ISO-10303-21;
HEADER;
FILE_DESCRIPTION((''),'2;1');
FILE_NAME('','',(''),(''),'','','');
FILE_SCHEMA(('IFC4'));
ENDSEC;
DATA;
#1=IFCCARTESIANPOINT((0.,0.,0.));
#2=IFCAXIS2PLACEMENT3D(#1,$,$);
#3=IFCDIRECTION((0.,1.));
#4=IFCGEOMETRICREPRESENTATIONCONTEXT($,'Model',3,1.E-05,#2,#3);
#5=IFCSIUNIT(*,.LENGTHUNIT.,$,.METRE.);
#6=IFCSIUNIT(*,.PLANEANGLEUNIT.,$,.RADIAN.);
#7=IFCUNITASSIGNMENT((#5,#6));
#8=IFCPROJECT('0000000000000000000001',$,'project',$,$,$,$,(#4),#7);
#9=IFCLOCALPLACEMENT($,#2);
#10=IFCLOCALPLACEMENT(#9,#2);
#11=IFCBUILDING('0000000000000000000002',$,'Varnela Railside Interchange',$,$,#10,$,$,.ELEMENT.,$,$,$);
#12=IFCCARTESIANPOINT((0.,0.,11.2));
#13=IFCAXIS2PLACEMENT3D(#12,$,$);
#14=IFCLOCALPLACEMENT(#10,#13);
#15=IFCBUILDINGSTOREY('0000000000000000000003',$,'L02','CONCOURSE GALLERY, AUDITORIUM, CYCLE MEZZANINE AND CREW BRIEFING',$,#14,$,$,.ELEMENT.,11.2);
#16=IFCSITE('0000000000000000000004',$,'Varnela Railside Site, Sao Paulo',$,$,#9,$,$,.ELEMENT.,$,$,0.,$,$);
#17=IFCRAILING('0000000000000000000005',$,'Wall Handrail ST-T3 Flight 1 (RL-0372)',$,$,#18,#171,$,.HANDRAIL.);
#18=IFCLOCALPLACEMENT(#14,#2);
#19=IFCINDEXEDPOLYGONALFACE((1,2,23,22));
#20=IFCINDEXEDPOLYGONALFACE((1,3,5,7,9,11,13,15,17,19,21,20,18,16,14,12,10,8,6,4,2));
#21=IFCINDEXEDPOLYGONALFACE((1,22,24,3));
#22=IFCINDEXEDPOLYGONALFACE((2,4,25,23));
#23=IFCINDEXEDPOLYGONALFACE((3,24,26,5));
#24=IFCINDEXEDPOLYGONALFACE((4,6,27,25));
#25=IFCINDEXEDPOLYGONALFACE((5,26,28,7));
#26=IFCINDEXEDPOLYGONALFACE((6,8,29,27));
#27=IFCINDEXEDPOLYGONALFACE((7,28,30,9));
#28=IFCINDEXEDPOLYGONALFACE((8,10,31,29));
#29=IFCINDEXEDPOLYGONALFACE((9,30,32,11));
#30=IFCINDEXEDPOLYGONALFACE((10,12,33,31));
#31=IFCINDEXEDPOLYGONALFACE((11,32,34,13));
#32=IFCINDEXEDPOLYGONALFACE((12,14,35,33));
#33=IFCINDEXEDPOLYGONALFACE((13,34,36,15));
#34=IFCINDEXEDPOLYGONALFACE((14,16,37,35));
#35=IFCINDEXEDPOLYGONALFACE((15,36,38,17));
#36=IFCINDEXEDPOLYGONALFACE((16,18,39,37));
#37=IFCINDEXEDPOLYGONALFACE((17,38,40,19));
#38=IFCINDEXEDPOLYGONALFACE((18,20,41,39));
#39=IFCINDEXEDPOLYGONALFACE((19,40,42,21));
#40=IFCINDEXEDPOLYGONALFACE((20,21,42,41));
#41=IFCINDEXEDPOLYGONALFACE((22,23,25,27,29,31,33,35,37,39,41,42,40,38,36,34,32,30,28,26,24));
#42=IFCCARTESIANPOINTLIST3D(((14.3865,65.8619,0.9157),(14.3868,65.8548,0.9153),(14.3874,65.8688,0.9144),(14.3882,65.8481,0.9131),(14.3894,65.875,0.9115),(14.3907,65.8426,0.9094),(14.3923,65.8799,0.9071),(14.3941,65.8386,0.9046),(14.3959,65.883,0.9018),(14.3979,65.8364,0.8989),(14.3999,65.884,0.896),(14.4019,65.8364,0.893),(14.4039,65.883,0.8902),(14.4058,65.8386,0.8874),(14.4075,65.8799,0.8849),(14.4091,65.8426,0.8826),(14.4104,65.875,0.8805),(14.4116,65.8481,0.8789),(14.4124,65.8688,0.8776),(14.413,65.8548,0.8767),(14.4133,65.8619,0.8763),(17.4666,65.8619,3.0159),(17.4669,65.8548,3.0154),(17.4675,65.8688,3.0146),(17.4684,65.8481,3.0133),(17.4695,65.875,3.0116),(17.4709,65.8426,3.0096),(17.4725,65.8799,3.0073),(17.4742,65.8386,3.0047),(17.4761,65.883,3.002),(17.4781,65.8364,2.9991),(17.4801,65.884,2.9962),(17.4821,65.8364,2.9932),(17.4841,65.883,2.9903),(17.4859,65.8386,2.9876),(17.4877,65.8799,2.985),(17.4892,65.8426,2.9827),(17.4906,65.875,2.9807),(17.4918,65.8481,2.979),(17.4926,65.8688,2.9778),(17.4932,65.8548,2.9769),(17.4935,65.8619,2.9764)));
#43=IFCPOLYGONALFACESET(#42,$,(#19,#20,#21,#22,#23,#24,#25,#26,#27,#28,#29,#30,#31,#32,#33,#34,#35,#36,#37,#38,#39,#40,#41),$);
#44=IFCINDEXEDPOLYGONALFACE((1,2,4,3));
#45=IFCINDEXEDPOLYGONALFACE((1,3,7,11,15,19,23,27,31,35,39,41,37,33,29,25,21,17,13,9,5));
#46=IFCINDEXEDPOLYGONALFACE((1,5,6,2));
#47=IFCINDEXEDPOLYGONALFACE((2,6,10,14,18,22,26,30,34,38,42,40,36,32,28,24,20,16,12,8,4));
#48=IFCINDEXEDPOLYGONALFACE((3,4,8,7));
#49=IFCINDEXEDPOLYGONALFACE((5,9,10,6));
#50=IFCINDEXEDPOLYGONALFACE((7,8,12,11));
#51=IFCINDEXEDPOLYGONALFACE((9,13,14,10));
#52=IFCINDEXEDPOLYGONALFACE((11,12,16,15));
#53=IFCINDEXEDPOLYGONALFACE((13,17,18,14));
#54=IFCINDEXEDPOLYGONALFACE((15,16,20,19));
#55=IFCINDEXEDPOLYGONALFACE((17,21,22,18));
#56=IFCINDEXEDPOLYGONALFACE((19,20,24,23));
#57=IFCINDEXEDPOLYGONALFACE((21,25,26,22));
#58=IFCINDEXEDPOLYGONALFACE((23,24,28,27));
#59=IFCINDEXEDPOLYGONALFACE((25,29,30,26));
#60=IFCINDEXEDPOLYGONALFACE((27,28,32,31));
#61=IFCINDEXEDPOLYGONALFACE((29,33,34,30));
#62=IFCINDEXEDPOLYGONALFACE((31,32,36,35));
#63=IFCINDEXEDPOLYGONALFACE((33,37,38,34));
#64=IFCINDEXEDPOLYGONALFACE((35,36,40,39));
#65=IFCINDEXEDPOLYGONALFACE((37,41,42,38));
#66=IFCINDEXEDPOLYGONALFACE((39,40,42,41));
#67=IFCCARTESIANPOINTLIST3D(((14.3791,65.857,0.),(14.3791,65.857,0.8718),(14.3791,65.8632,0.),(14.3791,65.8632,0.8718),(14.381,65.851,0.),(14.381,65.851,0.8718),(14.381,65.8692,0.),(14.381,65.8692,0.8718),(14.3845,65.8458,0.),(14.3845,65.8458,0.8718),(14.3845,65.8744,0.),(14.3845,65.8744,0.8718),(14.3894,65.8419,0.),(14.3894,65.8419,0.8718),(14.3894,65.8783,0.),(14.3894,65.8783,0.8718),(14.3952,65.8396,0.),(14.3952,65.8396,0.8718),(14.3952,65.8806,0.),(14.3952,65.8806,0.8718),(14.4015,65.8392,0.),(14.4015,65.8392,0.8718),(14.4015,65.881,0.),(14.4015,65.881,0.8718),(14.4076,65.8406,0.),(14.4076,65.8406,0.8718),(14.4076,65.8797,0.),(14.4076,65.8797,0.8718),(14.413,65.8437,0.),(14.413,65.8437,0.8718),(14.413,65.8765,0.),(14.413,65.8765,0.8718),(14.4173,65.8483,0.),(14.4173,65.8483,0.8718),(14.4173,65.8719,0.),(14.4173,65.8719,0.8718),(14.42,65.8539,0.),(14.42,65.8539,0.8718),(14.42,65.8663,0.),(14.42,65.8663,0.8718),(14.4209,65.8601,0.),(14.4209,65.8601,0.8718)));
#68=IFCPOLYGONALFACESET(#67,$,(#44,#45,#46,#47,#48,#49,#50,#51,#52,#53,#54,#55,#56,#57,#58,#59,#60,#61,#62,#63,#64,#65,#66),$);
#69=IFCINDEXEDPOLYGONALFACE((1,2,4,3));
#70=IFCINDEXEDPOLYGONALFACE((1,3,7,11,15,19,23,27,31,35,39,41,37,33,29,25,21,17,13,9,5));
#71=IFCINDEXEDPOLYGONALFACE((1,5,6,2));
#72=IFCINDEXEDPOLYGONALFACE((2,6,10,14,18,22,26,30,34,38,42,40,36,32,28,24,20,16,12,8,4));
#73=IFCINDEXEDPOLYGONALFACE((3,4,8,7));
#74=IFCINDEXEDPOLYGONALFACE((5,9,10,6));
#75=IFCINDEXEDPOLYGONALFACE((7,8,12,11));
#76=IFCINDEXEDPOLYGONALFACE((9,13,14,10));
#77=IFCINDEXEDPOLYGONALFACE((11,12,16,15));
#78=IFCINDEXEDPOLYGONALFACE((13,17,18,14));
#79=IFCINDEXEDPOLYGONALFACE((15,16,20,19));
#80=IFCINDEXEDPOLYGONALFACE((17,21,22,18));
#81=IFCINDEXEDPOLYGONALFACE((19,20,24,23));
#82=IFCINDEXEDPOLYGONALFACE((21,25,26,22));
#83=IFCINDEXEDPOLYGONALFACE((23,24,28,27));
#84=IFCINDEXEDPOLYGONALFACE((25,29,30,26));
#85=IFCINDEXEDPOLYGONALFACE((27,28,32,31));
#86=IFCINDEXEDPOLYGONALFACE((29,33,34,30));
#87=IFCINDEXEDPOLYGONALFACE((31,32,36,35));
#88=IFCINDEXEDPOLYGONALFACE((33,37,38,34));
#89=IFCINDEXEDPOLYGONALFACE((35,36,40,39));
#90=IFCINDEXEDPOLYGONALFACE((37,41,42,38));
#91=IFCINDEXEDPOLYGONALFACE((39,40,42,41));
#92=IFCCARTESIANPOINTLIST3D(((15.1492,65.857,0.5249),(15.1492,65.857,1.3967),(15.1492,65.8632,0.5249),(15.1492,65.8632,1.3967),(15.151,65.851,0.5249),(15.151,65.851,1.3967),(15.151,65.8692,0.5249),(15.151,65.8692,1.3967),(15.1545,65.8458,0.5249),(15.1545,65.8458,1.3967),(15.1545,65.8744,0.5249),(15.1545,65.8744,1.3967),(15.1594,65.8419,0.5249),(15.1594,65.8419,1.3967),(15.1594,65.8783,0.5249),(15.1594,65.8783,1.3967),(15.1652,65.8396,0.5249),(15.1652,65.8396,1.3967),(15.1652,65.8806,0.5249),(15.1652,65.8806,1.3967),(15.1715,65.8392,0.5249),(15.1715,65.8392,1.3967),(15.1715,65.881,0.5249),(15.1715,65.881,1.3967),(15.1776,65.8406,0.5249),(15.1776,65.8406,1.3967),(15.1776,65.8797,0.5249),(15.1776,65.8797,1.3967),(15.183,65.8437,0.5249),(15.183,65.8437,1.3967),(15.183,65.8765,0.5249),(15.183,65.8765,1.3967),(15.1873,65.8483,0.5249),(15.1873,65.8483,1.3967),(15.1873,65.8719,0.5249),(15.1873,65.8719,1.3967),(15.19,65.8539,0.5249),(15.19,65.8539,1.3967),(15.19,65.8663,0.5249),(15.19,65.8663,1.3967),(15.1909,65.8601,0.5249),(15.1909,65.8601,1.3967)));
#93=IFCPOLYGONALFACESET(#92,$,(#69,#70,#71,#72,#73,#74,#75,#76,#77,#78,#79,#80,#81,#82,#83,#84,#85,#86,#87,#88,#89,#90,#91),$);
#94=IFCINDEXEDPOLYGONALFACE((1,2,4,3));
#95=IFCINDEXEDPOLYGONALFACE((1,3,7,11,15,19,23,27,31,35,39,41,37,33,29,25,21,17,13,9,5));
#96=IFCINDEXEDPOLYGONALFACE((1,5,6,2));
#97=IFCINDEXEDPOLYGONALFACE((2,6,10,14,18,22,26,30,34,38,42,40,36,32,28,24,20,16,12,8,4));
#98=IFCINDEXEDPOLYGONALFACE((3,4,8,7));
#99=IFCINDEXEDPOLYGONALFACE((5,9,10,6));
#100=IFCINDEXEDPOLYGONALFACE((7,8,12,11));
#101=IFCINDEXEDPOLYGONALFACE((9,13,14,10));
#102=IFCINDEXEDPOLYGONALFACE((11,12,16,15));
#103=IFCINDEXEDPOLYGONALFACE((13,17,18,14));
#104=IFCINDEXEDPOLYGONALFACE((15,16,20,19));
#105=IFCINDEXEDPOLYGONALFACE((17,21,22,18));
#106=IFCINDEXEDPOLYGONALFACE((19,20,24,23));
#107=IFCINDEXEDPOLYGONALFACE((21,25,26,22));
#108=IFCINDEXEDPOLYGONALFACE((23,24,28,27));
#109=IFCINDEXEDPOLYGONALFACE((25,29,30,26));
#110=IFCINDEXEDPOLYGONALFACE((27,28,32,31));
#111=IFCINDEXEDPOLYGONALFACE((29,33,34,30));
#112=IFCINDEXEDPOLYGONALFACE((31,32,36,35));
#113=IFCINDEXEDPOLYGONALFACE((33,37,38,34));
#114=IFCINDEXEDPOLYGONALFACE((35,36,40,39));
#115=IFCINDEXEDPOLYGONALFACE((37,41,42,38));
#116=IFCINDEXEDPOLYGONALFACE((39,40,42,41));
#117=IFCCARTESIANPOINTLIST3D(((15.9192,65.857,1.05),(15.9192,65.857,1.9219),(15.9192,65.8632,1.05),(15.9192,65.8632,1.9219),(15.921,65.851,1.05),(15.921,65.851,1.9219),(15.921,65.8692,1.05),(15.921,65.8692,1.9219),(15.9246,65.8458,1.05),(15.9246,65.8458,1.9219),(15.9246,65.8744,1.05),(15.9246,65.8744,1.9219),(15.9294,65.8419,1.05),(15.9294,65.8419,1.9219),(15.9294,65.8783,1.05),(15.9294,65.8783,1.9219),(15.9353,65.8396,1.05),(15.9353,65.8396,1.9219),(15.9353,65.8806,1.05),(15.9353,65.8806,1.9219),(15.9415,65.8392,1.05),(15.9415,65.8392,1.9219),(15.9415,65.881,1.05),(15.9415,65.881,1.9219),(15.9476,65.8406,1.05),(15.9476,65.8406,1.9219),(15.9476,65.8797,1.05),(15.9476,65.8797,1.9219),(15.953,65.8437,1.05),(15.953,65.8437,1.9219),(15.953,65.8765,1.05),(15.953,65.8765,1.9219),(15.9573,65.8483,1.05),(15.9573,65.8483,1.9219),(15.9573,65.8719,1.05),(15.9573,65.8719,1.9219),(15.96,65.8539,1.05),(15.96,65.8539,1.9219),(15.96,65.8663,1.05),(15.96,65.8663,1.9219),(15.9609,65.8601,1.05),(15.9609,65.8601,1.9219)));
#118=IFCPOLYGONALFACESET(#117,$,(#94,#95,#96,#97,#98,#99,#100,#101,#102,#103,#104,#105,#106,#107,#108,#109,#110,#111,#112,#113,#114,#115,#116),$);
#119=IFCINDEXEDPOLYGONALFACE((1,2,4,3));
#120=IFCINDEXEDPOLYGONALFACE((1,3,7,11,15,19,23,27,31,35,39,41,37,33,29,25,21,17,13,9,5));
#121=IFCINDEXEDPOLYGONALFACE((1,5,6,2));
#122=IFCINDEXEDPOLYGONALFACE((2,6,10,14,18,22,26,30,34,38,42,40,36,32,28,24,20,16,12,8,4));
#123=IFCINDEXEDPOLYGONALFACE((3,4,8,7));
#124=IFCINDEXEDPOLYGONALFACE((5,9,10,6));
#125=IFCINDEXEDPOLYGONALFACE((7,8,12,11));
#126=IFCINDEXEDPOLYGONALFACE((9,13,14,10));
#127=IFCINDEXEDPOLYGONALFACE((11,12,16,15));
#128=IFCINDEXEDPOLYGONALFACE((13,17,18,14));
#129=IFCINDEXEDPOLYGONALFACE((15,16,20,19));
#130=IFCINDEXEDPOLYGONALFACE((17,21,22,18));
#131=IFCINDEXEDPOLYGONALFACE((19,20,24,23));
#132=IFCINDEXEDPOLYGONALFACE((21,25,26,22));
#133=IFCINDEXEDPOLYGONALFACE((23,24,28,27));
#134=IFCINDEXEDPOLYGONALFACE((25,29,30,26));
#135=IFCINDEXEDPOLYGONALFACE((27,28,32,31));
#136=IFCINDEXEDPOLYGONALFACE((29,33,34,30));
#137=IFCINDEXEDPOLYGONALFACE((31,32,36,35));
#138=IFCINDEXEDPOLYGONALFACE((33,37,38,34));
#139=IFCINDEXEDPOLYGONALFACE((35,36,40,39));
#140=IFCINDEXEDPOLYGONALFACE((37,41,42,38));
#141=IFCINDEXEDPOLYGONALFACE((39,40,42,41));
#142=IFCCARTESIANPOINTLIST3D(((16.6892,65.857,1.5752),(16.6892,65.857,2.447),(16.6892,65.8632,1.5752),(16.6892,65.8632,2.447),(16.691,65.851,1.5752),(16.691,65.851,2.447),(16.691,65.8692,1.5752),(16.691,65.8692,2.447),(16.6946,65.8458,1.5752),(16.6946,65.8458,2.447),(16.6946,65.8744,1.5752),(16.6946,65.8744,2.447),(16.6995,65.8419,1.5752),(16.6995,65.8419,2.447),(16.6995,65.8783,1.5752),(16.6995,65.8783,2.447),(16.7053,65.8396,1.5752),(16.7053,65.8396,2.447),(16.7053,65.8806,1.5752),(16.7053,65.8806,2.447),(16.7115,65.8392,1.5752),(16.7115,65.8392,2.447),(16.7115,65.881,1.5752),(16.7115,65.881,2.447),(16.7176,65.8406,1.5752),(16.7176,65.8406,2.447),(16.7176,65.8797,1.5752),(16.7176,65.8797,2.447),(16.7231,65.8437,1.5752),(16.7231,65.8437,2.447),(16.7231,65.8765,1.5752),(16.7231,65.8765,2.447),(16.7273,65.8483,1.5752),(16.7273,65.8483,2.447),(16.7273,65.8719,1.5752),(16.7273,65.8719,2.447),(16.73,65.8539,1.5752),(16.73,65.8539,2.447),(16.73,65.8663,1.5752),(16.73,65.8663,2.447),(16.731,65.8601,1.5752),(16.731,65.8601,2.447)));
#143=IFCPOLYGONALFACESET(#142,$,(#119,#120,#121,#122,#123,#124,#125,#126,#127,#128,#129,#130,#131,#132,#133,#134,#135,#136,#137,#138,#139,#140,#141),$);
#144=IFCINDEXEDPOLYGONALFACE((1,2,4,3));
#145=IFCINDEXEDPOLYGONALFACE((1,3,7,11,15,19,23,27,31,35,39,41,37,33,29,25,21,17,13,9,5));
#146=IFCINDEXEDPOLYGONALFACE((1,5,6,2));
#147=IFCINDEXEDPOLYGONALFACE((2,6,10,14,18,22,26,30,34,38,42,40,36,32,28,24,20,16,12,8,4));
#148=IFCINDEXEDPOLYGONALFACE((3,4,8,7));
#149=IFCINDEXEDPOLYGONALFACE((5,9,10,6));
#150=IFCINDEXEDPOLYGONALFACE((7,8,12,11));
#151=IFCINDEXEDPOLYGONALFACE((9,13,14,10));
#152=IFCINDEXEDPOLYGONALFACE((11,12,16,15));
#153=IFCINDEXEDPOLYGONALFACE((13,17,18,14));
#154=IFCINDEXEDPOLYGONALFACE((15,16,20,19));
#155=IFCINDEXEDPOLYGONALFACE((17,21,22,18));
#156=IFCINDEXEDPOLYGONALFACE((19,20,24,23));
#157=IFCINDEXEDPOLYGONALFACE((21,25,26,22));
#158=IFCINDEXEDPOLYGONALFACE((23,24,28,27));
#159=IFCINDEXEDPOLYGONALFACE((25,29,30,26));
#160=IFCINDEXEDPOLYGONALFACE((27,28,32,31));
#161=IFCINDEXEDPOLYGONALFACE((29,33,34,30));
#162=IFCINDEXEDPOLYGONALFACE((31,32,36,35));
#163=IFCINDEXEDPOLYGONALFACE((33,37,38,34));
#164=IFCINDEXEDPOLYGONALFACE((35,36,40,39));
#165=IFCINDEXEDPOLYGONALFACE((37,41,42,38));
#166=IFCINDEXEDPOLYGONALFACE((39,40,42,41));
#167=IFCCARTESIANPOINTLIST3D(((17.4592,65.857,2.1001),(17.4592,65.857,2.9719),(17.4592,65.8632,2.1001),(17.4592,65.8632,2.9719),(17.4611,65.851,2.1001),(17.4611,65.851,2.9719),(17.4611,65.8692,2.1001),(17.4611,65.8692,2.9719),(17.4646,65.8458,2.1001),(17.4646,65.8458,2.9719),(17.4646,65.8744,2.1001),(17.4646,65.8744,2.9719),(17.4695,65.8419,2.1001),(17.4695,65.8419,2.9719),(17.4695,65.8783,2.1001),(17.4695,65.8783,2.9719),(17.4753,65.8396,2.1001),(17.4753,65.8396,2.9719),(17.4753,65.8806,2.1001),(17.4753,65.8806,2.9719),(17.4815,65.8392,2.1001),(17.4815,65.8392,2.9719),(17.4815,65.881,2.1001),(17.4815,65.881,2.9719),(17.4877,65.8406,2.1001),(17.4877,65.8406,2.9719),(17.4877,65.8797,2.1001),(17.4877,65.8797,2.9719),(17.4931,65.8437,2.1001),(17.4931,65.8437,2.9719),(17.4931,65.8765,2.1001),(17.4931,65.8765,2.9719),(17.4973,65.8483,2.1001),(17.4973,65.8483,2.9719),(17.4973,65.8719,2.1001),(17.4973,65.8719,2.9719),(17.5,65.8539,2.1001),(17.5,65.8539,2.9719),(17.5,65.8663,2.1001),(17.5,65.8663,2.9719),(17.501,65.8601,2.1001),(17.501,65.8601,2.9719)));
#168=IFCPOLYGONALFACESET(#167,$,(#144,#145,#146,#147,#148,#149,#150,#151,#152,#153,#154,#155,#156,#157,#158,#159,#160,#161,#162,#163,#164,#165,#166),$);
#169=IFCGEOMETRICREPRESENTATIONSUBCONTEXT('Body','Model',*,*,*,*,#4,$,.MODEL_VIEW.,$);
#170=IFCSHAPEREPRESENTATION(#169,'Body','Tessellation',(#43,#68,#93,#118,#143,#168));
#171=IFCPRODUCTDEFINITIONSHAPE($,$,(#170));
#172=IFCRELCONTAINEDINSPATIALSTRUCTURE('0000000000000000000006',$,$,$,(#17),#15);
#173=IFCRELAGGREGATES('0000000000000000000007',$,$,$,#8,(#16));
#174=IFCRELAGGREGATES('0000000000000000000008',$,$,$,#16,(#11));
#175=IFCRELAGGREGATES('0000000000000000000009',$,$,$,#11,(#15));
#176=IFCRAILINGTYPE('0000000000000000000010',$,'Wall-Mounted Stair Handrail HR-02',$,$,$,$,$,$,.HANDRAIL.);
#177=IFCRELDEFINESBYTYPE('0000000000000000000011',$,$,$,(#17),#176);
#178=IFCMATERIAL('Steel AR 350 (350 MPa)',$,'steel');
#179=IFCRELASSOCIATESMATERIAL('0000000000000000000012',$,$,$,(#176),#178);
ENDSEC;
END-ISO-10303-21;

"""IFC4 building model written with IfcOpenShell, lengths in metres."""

from ifc_helpers import new_model, si_unit, direction, frame, origin, origin_2d, place, context, subcontext, project, spatial, circle, extrude, material, type_object, element, save


model = new_model("IFC4")

# Units and contexts
model_context = context("Model", 3, precision=1e-05, world=origin(), true_north=direction((0.0, 1.0)))
body_context = subcontext(model_context, "Body", "Model", "MODEL_VIEW")
ifc_project = project(units=[si_unit("LENGTHUNIT", "METRE"), si_unit("PLANEANGLEUNIT", "RADIAN")], contexts=[model_context])

# Site, building, storey
site_placement = place(None, origin())
site = spatial("IfcSite", under=ifc_project, at=site_placement, Name="Varnela Railside Site, Sao Paulo", CompositionType="ELEMENT", RefElevation=0.0)
building_placement = place(site_placement, origin())
building = spatial("IfcBuilding", under=site, at=building_placement, Name="Varnela Railside Interchange", CompositionType="ELEMENT")
storey_placement = place(building_placement, frame((0.0, 0.0, 11.2)))
storey = spatial("IfcBuildingStorey", under=building, at=storey_placement, Name="L02", Description="CONCOURSE GALLERY, AUDITORIUM, CYCLE MEZZANINE AND CREW BRIEFING", CompositionType="ELEMENT", Elevation=11.2)

# Shared definitions
ifc_material_1 = material(Name="Steel AR 350 (350 MPa)", Category="steel")

# Railing
railing_type_1 = type_object("IfcRailingType", Name="Wall-Mounted Stair Handrail HR-02", PredefinedType="HANDRAIL", material=ifc_material_1)
railing_1_placement = place(storey_placement, frame((14.3999, 65.8601, 0.0)))
element("IfcRailing", 1, at=railing_1_placement, inside=storey, type_object=railing_type_1, Name="Wall Handrail ST-T3 Flight 1 (RL-0372)", PredefinedType="HANDRAIL", context=body_context, shape_type="SweptSolid", body=[
    extrude(circle(Radius=0.0239, at=origin_2d()), frame((0.0, 0.0, 0.896), z_axis=(0.826222, 0.0, 0.563345), x_axis=(0.0, 1.0, 0.0)), (0.0, 0.0, 1.0), 3.728),
    extrude(circle(Radius=0.021, at=origin_2d()), origin(), (0.0, 0.0, 1.0), 0.8718),
    extrude(circle(Radius=0.021, at=origin_2d()), frame((0.77, 0.0, 0.5249)), (0.0, 0.0, 1.0), 0.8718),
    extrude(circle(Radius=0.021, at=origin_2d()), frame((1.54, 0.0, 1.05)), (0.0, 0.0, 1.0), 0.8718),
    extrude(circle(Radius=0.021, at=origin_2d()), frame((2.3101, 0.0, 1.5752)), (0.0, 0.0, 1.0), 0.8718),
    extrude(circle(Radius=0.021, at=origin_2d()), frame((3.0801, 0.0, 2.1001)), (0.0, 0.0, 1.0), 0.8718),
])

save(model, "model.ifc")
